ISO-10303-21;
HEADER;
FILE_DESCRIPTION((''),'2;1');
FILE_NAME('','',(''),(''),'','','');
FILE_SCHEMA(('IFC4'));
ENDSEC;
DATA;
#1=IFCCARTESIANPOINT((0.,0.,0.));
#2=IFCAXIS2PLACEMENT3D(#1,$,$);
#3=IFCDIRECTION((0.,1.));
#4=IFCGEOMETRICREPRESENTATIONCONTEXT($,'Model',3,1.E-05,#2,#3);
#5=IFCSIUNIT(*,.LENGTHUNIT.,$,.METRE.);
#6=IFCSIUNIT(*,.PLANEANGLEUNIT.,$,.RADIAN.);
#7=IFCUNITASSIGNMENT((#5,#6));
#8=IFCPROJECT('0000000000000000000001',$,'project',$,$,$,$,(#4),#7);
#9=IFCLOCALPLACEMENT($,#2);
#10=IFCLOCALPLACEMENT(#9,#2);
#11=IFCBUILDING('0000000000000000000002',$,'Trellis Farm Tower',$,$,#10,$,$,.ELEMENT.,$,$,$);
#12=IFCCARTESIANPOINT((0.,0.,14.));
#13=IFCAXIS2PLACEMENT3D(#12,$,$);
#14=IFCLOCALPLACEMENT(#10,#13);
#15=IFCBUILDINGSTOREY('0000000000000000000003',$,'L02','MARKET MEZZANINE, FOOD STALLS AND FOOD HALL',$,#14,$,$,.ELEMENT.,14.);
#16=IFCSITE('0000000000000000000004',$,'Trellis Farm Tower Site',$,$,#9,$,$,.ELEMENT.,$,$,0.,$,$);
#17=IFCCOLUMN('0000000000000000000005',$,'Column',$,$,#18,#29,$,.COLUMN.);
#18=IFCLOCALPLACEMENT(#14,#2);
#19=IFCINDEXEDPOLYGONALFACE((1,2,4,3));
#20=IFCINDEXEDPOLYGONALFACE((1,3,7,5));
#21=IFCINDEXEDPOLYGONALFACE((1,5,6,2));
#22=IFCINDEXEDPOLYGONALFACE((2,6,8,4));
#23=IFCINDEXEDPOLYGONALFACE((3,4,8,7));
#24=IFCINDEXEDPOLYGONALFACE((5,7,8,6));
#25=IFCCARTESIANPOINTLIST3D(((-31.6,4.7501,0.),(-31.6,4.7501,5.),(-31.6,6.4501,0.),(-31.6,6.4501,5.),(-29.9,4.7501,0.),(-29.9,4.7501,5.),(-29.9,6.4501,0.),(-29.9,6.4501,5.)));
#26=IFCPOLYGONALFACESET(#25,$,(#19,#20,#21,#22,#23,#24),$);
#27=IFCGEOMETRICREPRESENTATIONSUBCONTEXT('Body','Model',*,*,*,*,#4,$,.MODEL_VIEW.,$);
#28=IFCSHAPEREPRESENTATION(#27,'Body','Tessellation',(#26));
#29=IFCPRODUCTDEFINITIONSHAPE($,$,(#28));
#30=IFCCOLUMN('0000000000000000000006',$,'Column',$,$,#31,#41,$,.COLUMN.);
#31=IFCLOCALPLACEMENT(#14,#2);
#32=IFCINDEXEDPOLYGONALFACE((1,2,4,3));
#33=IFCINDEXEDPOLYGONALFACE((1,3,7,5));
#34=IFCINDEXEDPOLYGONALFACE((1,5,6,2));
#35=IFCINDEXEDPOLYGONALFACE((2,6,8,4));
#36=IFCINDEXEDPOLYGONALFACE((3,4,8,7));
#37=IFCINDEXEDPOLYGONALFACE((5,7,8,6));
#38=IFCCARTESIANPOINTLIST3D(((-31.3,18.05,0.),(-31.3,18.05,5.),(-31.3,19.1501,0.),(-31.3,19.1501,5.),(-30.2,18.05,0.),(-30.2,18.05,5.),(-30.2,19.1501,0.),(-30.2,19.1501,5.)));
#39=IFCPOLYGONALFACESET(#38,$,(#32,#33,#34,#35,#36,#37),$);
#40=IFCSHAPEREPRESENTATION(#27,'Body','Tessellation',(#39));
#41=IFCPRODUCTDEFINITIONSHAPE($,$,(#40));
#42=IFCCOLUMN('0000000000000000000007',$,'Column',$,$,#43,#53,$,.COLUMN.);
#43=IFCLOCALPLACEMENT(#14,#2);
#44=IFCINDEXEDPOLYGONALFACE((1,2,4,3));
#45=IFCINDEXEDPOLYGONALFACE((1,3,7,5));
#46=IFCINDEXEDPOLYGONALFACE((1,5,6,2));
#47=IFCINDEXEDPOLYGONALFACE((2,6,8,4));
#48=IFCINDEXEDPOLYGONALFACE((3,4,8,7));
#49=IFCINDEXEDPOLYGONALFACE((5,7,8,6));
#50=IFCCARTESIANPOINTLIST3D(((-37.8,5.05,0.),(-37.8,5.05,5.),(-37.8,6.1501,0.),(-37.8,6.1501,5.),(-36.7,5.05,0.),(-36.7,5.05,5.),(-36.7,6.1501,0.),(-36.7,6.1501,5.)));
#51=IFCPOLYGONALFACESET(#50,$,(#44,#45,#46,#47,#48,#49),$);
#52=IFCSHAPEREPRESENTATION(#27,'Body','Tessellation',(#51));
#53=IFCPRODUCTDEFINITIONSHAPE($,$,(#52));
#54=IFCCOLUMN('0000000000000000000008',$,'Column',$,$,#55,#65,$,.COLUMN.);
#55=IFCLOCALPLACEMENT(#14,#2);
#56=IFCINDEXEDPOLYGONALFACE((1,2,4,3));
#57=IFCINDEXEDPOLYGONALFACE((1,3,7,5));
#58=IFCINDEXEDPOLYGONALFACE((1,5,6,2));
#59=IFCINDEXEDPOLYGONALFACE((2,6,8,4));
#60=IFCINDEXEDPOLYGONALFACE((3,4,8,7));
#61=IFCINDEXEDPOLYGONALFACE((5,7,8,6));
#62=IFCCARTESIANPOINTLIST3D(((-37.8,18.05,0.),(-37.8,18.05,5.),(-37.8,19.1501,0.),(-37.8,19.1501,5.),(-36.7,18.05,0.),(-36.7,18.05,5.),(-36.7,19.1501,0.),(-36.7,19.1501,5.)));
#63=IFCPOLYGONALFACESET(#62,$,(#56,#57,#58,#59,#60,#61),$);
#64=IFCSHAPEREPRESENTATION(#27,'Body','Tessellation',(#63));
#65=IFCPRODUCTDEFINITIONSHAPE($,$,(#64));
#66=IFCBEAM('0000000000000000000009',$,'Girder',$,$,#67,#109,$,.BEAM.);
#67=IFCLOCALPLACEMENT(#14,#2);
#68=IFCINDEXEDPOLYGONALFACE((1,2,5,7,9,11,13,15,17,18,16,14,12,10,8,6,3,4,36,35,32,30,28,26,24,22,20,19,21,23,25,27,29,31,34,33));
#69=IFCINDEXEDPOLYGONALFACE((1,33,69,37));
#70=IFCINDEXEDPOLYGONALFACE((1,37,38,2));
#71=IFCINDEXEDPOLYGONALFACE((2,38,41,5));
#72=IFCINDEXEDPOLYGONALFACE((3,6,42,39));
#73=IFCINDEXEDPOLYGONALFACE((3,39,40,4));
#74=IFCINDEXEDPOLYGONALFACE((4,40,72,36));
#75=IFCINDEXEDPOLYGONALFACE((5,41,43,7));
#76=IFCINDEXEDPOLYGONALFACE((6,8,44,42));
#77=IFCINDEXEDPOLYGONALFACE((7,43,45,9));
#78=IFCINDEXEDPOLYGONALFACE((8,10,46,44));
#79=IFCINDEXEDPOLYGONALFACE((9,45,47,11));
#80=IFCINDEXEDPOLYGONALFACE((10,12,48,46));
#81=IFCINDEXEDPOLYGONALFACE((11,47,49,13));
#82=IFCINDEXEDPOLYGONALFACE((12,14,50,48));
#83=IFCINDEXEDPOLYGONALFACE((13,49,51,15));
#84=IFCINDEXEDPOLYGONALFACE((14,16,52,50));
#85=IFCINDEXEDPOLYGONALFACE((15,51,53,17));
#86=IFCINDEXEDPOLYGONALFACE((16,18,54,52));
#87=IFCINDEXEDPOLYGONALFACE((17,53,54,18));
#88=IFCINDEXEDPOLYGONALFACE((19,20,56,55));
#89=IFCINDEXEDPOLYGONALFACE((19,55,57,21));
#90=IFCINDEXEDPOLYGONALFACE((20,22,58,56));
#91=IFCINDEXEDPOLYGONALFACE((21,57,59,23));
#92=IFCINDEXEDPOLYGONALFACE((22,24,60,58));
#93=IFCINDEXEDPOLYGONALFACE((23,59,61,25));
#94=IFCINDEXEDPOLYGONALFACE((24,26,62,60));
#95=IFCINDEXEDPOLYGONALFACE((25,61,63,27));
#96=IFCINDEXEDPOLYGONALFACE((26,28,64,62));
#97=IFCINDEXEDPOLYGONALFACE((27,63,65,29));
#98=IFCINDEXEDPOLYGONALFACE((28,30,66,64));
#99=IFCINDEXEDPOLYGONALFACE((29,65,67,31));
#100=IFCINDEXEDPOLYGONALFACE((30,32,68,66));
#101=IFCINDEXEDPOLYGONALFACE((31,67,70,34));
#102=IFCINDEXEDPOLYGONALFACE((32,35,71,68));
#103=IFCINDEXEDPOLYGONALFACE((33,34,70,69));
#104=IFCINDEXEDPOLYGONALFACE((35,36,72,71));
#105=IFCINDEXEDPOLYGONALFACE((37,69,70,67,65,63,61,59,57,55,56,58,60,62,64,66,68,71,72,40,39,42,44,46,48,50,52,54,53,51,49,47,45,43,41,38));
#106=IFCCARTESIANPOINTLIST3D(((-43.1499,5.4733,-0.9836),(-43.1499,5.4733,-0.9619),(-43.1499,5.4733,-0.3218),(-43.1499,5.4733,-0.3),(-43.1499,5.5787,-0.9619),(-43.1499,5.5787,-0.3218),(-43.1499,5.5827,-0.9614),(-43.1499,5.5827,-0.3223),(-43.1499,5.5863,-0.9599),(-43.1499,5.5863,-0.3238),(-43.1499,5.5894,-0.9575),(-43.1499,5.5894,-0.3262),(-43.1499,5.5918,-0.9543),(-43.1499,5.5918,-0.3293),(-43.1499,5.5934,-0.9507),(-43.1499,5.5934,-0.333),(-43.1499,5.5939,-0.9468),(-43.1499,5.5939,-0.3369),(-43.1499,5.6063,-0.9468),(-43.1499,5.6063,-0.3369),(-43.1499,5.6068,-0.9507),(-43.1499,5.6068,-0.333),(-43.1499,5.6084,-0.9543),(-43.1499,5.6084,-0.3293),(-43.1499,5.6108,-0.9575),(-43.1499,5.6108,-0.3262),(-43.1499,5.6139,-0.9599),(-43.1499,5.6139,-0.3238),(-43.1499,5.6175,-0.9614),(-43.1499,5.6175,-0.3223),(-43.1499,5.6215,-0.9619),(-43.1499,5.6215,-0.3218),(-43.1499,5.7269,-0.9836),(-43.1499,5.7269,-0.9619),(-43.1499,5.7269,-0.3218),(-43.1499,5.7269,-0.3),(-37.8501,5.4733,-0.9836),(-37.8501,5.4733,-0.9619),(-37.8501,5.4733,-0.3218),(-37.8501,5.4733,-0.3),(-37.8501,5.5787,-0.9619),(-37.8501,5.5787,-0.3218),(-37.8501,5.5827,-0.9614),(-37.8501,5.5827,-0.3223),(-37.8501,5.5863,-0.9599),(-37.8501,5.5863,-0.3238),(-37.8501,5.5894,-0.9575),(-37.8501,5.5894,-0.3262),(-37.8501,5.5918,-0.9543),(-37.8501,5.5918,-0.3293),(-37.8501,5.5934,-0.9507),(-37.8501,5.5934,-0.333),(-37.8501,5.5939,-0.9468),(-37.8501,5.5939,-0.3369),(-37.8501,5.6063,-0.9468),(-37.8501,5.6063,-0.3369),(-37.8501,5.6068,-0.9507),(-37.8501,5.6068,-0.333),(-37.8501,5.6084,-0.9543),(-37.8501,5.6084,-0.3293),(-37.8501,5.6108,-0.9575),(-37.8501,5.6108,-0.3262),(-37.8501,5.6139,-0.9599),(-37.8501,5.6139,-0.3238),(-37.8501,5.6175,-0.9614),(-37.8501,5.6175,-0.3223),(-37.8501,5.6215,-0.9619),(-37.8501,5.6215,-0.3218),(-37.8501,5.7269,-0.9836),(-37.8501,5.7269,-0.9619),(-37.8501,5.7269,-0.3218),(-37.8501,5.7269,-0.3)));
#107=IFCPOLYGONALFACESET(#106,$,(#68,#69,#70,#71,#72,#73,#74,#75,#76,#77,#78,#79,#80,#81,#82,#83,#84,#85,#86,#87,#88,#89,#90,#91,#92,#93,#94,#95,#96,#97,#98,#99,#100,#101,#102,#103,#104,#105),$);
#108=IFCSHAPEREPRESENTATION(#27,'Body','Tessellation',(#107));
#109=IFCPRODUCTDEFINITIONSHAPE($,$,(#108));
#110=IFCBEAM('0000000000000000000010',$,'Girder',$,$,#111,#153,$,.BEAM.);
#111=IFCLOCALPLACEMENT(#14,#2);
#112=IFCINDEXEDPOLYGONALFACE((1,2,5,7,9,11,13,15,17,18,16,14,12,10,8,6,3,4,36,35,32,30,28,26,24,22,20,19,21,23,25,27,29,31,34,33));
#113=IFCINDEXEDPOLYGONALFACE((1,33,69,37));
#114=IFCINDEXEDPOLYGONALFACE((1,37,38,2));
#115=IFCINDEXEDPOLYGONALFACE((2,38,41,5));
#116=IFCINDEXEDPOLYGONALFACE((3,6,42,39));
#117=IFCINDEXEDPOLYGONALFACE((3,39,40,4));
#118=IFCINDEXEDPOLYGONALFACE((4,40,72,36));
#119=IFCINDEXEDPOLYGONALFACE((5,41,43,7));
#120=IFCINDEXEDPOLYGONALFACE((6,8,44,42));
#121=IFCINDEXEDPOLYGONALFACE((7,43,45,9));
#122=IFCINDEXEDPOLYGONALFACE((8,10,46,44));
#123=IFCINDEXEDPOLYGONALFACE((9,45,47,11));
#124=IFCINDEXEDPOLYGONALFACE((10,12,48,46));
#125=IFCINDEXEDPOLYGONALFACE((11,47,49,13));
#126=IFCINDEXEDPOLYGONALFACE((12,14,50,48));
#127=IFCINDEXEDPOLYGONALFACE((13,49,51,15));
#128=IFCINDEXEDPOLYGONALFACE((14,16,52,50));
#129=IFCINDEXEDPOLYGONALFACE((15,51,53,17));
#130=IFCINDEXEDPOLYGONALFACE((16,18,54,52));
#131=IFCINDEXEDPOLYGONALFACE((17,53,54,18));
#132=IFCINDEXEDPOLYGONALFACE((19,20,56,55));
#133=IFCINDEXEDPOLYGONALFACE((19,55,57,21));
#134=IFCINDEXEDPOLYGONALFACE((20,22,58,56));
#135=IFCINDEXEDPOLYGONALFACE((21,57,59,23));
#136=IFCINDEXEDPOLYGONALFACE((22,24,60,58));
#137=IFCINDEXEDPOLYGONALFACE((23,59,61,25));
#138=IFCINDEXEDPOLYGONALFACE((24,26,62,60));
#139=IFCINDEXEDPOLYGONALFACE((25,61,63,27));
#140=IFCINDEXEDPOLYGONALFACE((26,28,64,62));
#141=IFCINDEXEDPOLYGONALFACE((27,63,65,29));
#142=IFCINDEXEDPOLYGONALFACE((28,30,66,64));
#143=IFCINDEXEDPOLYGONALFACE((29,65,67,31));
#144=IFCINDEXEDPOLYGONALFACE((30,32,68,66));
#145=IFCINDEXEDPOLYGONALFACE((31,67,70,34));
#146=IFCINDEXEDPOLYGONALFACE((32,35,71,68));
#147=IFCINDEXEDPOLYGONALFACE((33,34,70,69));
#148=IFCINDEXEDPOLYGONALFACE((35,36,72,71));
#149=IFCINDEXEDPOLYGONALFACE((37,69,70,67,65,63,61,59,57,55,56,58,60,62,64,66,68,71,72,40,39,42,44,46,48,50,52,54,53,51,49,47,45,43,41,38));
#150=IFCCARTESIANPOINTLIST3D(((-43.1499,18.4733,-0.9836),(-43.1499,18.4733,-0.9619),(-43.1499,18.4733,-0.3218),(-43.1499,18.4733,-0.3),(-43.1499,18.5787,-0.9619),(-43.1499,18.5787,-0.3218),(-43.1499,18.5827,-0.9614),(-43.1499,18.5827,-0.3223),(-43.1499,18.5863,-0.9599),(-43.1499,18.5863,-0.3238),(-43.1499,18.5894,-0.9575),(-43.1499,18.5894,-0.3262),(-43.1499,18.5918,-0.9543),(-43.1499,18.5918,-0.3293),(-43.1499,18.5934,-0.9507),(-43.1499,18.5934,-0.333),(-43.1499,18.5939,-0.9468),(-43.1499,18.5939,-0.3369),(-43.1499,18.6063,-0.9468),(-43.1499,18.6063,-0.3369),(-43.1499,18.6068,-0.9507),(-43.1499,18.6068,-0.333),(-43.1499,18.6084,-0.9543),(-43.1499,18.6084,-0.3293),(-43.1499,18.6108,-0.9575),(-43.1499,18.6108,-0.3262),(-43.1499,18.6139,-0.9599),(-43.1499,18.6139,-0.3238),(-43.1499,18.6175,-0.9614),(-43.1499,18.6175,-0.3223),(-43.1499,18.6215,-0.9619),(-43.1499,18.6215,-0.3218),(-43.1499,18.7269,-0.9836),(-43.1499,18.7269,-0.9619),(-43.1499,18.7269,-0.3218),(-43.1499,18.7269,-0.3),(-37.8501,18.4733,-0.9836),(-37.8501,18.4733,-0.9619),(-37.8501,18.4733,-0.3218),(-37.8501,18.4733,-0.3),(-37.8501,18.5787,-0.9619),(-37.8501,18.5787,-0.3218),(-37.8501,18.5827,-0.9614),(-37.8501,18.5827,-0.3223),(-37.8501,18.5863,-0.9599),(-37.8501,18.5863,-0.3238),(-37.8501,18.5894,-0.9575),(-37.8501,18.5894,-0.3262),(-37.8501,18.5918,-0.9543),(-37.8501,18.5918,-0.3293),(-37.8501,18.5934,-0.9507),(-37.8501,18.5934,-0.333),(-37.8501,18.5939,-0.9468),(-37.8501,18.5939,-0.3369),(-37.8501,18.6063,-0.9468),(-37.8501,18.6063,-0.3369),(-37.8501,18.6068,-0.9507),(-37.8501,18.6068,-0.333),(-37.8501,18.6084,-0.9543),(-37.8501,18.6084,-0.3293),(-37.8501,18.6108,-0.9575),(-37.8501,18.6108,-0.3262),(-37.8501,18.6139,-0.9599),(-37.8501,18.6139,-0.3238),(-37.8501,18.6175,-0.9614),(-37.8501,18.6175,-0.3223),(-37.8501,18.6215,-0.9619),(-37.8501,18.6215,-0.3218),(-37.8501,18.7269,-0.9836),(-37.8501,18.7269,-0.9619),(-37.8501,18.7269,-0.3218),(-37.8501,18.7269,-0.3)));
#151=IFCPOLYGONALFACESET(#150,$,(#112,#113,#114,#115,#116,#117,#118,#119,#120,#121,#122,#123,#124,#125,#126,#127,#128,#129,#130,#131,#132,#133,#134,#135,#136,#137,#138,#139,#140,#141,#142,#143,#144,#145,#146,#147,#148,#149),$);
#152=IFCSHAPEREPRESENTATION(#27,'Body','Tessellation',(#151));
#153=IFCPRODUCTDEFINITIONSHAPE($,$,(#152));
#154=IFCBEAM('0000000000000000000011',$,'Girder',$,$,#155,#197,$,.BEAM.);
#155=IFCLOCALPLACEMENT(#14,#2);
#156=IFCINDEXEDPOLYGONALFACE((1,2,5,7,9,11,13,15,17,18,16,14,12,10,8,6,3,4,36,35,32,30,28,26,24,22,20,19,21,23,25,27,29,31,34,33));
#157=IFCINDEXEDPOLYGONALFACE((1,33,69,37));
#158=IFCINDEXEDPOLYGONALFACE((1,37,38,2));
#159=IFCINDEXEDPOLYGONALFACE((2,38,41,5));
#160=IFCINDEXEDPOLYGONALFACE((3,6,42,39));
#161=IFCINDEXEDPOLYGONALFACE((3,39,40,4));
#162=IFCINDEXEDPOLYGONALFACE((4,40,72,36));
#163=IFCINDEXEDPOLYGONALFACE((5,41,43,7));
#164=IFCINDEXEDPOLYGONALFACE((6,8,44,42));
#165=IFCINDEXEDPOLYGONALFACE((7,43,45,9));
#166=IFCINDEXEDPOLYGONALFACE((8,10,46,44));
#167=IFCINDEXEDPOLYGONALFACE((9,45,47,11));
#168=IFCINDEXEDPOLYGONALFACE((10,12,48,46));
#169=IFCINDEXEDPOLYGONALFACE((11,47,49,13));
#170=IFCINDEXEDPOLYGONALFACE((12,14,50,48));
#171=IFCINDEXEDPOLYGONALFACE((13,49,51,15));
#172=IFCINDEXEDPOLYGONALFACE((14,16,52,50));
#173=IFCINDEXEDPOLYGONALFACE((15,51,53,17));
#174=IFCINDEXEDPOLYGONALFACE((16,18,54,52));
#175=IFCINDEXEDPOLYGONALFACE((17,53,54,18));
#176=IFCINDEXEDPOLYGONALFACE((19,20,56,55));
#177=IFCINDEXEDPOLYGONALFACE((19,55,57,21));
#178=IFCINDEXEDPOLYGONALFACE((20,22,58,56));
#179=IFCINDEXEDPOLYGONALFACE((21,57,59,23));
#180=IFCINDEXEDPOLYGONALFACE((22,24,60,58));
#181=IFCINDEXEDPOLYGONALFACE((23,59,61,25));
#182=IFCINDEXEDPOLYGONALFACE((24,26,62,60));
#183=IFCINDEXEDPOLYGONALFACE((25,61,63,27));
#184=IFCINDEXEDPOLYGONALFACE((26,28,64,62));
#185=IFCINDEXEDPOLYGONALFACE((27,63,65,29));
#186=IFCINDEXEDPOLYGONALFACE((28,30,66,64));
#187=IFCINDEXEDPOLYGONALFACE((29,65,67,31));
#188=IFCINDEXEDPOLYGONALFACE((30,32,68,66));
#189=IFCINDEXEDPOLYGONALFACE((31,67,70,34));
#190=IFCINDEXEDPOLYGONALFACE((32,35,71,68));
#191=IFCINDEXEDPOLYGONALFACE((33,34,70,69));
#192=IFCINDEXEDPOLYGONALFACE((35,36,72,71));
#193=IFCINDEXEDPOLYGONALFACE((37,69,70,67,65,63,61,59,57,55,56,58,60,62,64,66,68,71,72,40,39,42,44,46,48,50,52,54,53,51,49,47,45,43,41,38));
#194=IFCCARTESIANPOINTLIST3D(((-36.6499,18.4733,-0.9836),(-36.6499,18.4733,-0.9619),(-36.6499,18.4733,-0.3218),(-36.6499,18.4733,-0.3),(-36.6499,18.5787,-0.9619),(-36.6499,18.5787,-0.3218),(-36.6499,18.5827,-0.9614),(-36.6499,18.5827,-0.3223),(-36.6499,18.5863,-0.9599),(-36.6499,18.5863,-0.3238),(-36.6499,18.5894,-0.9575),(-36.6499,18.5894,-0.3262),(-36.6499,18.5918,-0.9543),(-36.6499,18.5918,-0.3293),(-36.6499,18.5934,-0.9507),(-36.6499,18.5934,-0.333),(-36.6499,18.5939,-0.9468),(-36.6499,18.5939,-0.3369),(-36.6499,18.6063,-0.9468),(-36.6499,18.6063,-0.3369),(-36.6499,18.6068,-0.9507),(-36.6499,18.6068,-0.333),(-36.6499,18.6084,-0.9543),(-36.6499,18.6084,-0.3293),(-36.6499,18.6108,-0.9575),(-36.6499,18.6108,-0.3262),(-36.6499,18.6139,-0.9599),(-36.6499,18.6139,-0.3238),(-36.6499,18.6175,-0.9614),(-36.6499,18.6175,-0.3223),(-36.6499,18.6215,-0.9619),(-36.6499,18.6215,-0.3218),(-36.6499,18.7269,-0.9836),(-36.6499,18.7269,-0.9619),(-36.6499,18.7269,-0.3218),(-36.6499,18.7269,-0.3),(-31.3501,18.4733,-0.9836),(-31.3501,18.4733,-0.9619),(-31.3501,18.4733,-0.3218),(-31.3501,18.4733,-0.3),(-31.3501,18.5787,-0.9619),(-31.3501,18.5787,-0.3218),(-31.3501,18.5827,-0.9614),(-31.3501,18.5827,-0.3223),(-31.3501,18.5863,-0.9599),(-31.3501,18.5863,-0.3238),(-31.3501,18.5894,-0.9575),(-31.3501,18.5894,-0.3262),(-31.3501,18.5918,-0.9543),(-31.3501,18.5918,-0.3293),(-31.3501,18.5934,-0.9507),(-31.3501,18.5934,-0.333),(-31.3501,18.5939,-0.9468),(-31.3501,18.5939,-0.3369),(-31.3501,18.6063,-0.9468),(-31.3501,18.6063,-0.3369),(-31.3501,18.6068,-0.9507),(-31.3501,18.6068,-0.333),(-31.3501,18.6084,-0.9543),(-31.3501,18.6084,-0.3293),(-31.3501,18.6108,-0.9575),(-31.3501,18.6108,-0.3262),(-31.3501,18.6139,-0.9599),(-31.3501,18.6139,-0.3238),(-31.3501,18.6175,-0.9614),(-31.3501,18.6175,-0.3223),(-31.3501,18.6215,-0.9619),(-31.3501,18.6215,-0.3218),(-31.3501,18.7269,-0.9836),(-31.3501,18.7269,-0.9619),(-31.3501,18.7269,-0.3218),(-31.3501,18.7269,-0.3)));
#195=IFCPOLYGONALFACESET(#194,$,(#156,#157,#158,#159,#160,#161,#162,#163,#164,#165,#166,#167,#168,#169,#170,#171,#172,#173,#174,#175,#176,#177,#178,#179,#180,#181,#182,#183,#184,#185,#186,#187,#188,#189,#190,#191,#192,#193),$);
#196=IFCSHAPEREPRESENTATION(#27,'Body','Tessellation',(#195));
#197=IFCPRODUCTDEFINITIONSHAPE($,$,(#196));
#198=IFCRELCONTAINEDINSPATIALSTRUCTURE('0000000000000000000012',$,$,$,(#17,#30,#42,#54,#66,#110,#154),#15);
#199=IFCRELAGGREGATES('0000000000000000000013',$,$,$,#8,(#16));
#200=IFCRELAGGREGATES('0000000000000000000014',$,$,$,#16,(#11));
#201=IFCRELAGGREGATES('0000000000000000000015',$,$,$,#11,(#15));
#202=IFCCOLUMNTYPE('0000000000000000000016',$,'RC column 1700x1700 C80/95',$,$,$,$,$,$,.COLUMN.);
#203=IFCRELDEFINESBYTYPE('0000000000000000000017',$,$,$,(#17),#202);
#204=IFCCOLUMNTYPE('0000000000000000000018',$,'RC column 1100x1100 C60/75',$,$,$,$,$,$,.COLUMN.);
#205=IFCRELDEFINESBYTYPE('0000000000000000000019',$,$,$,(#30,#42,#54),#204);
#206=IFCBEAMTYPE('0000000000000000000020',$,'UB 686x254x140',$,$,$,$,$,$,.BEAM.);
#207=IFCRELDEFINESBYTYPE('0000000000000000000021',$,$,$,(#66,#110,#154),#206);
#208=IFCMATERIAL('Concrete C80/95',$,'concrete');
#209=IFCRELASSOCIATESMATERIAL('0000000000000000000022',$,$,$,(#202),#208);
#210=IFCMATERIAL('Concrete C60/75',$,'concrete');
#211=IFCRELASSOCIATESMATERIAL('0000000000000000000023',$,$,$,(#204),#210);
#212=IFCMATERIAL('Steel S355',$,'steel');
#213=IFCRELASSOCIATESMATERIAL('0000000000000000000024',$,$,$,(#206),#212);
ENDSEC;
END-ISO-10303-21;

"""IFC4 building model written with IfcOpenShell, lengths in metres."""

from ifc_helpers import new_model, si_unit, direction, frame, origin, origin_2d, place, context, subcontext, project, spatial, rectangle, i_section, extrude, source, transform, mapped, material, material_profile, profile_set, type_object, element, save


model = new_model("IFC4")

# Units and contexts
model_context = context("Model", 3, precision=1e-05, world=origin(), true_north=direction((0.0, 1.0)))
body_context = subcontext(model_context, "Body", "Model", "MODEL_VIEW")
ifc_project = project(units=[si_unit("LENGTHUNIT", "METRE"), si_unit("PLANEANGLEUNIT", "RADIAN")], contexts=[model_context])

# Site, building, storey
site_placement = place(None, origin())
site = spatial("IfcSite", under=ifc_project, at=site_placement, Name="Trellis Farm Tower Site", CompositionType="ELEMENT", RefElevation=0.0)
building_placement = place(site_placement, origin())
building = spatial("IfcBuilding", under=site, at=building_placement, Name="Trellis Farm Tower", CompositionType="ELEMENT")
storey_placement = place(building_placement, frame((0.0, 0.0, 14.0)))
storey = spatial("IfcBuildingStorey", under=building, at=storey_placement, Name="L02", Description="MARKET MEZZANINE, FOOD STALLS AND FOOD HALL", CompositionType="ELEMENT", Elevation=14.0)

# Columns
ifc_material_1 = material(Name="Concrete C80/95", Category="concrete")
ifc_material_profile_1 = material_profile(ifc_material_1, rectangle(XDim=1.7, YDim=1.7, at=origin_2d()), Name="RC column 1700x1700 C80/95")
ifc_profile_set_1 = profile_set([ifc_material_profile_1], Name="Concrete C80/95")
column_type_1 = type_object("IfcColumnType", Name="RC column 1700x1700 C80/95", PredefinedType="COLUMN", material=ifc_profile_set_1)
shared_shape_1 = source(origin(), body_context, "Body", "SweptSolid", [
    extrude(rectangle(XDim=1.7, YDim=1.7, at=origin_2d()), origin(), (0.0, 0.0, 1.0), 5.0),
])
column_placement = place(storey_placement, frame((-30.75, 5.6001, 0.0), z_axis=(0.0, 0.0, 1.0), x_axis=(1.0, 0.0, 0.0)))
element("IfcColumn", 1, at=column_placement, inside=storey, type_object=column_type_1, Name="Column", PredefinedType="COLUMN", context=body_context, shape_type="MappedRepresentation", body=[
    mapped(shared_shape_1, transform((0.0, 0.0, 0.0))),
])
ifc_material_2 = material(Name="Concrete C60/75", Category="concrete")
ifc_material_profile_2 = material_profile(ifc_material_2, rectangle(XDim=1.1001, YDim=1.1001, at=origin_2d()), Name="RC column 1100x1100 C60/75")
ifc_profile_set_2 = profile_set([ifc_material_profile_2], Name="Concrete C60/75")
column_type_2 = type_object("IfcColumnType", Name="RC column 1100x1100 C60/75", PredefinedType="COLUMN", material=ifc_profile_set_2)
shared_shape_2 = source(origin(), body_context, "Body", "SweptSolid", [
    extrude(rectangle(XDim=1.1001, YDim=1.1001, at=origin_2d()), origin(), (0.0, 0.0, 1.0), 5.0),
])
for number, where, z_axis, x_axis, name in (
    (2, (-30.75, 18.6001, 0.0), (0.0, 0.0, 1.0), (1.0, 0.0, 0.0), "Column"),
    (3, (-37.25, 5.6001, 0.0), (0.0, 0.0, 1.0), (1.0, 0.0, 0.0), "Column"),
    (4, (-37.25, 18.6001, 0.0), (0.0, 0.0, 1.0), (1.0, 0.0, 0.0), "Column"),
):
    element("IfcColumn", number, at=place(storey_placement, frame(where, z_axis=z_axis, x_axis=x_axis)), inside=storey, type_object=column_type_2, Name=name, PredefinedType="COLUMN", context=body_context, shape_type="MappedRepresentation", body=[
        mapped(shared_shape_2, transform((0.0, 0.0, 0.0))),
    ])

# Beams
ifc_material_3 = material(Name="Steel S355", Category="steel")
ifc_material_profile_3 = material_profile(ifc_material_3, i_section(OverallWidth=0.2537, OverallDepth=0.6836, WebThickness=0.0125, FlangeThickness=0.0217, FilletRadius=0.0151, at=origin_2d()), Name="UB 686x254x140")
ifc_profile_set_3 = profile_set([ifc_material_profile_3], Name="Steel S355")
beam_type_1 = type_object("IfcBeamType", Name="UB 686x254x140", PredefinedType="BEAM", material=ifc_profile_set_3)
shared_shape_3 = source(origin(), body_context, "Body", "SweptSolid", [
    extrude(i_section(OverallWidth=0.2537, OverallDepth=0.6836, WebThickness=0.0125, FlangeThickness=0.0217, FilletRadius=0.0151, at=origin_2d()), origin(), (0.0, 0.0, 1.0), 5.2998),
])
for number, where, z_axis, x_axis, name in (
    (5, (-43.1499, 5.6001, -0.6418), (1.0, 0.0, 0.0), (0.0, 1.0, 0.0), "Girder"),
    (6, (-43.1499, 18.6001, -0.6418), (1.0, 0.0, 0.0), (0.0, 1.0, 0.0), "Girder"),
    (7, (-36.6499, 18.6001, -0.6418), (1.0, 0.0, 0.0), (0.0, 1.0, 0.0), "Girder"),
):
    element("IfcBeam", number, at=place(storey_placement, frame(where, z_axis=z_axis, x_axis=x_axis)), inside=storey, type_object=beam_type_1, Name=name, PredefinedType="BEAM", context=body_context, shape_type="MappedRepresentation", body=[
        mapped(shared_shape_3, transform((0.0, 0.0, 0.0))),
    ])

save(model, "model.ifc")
